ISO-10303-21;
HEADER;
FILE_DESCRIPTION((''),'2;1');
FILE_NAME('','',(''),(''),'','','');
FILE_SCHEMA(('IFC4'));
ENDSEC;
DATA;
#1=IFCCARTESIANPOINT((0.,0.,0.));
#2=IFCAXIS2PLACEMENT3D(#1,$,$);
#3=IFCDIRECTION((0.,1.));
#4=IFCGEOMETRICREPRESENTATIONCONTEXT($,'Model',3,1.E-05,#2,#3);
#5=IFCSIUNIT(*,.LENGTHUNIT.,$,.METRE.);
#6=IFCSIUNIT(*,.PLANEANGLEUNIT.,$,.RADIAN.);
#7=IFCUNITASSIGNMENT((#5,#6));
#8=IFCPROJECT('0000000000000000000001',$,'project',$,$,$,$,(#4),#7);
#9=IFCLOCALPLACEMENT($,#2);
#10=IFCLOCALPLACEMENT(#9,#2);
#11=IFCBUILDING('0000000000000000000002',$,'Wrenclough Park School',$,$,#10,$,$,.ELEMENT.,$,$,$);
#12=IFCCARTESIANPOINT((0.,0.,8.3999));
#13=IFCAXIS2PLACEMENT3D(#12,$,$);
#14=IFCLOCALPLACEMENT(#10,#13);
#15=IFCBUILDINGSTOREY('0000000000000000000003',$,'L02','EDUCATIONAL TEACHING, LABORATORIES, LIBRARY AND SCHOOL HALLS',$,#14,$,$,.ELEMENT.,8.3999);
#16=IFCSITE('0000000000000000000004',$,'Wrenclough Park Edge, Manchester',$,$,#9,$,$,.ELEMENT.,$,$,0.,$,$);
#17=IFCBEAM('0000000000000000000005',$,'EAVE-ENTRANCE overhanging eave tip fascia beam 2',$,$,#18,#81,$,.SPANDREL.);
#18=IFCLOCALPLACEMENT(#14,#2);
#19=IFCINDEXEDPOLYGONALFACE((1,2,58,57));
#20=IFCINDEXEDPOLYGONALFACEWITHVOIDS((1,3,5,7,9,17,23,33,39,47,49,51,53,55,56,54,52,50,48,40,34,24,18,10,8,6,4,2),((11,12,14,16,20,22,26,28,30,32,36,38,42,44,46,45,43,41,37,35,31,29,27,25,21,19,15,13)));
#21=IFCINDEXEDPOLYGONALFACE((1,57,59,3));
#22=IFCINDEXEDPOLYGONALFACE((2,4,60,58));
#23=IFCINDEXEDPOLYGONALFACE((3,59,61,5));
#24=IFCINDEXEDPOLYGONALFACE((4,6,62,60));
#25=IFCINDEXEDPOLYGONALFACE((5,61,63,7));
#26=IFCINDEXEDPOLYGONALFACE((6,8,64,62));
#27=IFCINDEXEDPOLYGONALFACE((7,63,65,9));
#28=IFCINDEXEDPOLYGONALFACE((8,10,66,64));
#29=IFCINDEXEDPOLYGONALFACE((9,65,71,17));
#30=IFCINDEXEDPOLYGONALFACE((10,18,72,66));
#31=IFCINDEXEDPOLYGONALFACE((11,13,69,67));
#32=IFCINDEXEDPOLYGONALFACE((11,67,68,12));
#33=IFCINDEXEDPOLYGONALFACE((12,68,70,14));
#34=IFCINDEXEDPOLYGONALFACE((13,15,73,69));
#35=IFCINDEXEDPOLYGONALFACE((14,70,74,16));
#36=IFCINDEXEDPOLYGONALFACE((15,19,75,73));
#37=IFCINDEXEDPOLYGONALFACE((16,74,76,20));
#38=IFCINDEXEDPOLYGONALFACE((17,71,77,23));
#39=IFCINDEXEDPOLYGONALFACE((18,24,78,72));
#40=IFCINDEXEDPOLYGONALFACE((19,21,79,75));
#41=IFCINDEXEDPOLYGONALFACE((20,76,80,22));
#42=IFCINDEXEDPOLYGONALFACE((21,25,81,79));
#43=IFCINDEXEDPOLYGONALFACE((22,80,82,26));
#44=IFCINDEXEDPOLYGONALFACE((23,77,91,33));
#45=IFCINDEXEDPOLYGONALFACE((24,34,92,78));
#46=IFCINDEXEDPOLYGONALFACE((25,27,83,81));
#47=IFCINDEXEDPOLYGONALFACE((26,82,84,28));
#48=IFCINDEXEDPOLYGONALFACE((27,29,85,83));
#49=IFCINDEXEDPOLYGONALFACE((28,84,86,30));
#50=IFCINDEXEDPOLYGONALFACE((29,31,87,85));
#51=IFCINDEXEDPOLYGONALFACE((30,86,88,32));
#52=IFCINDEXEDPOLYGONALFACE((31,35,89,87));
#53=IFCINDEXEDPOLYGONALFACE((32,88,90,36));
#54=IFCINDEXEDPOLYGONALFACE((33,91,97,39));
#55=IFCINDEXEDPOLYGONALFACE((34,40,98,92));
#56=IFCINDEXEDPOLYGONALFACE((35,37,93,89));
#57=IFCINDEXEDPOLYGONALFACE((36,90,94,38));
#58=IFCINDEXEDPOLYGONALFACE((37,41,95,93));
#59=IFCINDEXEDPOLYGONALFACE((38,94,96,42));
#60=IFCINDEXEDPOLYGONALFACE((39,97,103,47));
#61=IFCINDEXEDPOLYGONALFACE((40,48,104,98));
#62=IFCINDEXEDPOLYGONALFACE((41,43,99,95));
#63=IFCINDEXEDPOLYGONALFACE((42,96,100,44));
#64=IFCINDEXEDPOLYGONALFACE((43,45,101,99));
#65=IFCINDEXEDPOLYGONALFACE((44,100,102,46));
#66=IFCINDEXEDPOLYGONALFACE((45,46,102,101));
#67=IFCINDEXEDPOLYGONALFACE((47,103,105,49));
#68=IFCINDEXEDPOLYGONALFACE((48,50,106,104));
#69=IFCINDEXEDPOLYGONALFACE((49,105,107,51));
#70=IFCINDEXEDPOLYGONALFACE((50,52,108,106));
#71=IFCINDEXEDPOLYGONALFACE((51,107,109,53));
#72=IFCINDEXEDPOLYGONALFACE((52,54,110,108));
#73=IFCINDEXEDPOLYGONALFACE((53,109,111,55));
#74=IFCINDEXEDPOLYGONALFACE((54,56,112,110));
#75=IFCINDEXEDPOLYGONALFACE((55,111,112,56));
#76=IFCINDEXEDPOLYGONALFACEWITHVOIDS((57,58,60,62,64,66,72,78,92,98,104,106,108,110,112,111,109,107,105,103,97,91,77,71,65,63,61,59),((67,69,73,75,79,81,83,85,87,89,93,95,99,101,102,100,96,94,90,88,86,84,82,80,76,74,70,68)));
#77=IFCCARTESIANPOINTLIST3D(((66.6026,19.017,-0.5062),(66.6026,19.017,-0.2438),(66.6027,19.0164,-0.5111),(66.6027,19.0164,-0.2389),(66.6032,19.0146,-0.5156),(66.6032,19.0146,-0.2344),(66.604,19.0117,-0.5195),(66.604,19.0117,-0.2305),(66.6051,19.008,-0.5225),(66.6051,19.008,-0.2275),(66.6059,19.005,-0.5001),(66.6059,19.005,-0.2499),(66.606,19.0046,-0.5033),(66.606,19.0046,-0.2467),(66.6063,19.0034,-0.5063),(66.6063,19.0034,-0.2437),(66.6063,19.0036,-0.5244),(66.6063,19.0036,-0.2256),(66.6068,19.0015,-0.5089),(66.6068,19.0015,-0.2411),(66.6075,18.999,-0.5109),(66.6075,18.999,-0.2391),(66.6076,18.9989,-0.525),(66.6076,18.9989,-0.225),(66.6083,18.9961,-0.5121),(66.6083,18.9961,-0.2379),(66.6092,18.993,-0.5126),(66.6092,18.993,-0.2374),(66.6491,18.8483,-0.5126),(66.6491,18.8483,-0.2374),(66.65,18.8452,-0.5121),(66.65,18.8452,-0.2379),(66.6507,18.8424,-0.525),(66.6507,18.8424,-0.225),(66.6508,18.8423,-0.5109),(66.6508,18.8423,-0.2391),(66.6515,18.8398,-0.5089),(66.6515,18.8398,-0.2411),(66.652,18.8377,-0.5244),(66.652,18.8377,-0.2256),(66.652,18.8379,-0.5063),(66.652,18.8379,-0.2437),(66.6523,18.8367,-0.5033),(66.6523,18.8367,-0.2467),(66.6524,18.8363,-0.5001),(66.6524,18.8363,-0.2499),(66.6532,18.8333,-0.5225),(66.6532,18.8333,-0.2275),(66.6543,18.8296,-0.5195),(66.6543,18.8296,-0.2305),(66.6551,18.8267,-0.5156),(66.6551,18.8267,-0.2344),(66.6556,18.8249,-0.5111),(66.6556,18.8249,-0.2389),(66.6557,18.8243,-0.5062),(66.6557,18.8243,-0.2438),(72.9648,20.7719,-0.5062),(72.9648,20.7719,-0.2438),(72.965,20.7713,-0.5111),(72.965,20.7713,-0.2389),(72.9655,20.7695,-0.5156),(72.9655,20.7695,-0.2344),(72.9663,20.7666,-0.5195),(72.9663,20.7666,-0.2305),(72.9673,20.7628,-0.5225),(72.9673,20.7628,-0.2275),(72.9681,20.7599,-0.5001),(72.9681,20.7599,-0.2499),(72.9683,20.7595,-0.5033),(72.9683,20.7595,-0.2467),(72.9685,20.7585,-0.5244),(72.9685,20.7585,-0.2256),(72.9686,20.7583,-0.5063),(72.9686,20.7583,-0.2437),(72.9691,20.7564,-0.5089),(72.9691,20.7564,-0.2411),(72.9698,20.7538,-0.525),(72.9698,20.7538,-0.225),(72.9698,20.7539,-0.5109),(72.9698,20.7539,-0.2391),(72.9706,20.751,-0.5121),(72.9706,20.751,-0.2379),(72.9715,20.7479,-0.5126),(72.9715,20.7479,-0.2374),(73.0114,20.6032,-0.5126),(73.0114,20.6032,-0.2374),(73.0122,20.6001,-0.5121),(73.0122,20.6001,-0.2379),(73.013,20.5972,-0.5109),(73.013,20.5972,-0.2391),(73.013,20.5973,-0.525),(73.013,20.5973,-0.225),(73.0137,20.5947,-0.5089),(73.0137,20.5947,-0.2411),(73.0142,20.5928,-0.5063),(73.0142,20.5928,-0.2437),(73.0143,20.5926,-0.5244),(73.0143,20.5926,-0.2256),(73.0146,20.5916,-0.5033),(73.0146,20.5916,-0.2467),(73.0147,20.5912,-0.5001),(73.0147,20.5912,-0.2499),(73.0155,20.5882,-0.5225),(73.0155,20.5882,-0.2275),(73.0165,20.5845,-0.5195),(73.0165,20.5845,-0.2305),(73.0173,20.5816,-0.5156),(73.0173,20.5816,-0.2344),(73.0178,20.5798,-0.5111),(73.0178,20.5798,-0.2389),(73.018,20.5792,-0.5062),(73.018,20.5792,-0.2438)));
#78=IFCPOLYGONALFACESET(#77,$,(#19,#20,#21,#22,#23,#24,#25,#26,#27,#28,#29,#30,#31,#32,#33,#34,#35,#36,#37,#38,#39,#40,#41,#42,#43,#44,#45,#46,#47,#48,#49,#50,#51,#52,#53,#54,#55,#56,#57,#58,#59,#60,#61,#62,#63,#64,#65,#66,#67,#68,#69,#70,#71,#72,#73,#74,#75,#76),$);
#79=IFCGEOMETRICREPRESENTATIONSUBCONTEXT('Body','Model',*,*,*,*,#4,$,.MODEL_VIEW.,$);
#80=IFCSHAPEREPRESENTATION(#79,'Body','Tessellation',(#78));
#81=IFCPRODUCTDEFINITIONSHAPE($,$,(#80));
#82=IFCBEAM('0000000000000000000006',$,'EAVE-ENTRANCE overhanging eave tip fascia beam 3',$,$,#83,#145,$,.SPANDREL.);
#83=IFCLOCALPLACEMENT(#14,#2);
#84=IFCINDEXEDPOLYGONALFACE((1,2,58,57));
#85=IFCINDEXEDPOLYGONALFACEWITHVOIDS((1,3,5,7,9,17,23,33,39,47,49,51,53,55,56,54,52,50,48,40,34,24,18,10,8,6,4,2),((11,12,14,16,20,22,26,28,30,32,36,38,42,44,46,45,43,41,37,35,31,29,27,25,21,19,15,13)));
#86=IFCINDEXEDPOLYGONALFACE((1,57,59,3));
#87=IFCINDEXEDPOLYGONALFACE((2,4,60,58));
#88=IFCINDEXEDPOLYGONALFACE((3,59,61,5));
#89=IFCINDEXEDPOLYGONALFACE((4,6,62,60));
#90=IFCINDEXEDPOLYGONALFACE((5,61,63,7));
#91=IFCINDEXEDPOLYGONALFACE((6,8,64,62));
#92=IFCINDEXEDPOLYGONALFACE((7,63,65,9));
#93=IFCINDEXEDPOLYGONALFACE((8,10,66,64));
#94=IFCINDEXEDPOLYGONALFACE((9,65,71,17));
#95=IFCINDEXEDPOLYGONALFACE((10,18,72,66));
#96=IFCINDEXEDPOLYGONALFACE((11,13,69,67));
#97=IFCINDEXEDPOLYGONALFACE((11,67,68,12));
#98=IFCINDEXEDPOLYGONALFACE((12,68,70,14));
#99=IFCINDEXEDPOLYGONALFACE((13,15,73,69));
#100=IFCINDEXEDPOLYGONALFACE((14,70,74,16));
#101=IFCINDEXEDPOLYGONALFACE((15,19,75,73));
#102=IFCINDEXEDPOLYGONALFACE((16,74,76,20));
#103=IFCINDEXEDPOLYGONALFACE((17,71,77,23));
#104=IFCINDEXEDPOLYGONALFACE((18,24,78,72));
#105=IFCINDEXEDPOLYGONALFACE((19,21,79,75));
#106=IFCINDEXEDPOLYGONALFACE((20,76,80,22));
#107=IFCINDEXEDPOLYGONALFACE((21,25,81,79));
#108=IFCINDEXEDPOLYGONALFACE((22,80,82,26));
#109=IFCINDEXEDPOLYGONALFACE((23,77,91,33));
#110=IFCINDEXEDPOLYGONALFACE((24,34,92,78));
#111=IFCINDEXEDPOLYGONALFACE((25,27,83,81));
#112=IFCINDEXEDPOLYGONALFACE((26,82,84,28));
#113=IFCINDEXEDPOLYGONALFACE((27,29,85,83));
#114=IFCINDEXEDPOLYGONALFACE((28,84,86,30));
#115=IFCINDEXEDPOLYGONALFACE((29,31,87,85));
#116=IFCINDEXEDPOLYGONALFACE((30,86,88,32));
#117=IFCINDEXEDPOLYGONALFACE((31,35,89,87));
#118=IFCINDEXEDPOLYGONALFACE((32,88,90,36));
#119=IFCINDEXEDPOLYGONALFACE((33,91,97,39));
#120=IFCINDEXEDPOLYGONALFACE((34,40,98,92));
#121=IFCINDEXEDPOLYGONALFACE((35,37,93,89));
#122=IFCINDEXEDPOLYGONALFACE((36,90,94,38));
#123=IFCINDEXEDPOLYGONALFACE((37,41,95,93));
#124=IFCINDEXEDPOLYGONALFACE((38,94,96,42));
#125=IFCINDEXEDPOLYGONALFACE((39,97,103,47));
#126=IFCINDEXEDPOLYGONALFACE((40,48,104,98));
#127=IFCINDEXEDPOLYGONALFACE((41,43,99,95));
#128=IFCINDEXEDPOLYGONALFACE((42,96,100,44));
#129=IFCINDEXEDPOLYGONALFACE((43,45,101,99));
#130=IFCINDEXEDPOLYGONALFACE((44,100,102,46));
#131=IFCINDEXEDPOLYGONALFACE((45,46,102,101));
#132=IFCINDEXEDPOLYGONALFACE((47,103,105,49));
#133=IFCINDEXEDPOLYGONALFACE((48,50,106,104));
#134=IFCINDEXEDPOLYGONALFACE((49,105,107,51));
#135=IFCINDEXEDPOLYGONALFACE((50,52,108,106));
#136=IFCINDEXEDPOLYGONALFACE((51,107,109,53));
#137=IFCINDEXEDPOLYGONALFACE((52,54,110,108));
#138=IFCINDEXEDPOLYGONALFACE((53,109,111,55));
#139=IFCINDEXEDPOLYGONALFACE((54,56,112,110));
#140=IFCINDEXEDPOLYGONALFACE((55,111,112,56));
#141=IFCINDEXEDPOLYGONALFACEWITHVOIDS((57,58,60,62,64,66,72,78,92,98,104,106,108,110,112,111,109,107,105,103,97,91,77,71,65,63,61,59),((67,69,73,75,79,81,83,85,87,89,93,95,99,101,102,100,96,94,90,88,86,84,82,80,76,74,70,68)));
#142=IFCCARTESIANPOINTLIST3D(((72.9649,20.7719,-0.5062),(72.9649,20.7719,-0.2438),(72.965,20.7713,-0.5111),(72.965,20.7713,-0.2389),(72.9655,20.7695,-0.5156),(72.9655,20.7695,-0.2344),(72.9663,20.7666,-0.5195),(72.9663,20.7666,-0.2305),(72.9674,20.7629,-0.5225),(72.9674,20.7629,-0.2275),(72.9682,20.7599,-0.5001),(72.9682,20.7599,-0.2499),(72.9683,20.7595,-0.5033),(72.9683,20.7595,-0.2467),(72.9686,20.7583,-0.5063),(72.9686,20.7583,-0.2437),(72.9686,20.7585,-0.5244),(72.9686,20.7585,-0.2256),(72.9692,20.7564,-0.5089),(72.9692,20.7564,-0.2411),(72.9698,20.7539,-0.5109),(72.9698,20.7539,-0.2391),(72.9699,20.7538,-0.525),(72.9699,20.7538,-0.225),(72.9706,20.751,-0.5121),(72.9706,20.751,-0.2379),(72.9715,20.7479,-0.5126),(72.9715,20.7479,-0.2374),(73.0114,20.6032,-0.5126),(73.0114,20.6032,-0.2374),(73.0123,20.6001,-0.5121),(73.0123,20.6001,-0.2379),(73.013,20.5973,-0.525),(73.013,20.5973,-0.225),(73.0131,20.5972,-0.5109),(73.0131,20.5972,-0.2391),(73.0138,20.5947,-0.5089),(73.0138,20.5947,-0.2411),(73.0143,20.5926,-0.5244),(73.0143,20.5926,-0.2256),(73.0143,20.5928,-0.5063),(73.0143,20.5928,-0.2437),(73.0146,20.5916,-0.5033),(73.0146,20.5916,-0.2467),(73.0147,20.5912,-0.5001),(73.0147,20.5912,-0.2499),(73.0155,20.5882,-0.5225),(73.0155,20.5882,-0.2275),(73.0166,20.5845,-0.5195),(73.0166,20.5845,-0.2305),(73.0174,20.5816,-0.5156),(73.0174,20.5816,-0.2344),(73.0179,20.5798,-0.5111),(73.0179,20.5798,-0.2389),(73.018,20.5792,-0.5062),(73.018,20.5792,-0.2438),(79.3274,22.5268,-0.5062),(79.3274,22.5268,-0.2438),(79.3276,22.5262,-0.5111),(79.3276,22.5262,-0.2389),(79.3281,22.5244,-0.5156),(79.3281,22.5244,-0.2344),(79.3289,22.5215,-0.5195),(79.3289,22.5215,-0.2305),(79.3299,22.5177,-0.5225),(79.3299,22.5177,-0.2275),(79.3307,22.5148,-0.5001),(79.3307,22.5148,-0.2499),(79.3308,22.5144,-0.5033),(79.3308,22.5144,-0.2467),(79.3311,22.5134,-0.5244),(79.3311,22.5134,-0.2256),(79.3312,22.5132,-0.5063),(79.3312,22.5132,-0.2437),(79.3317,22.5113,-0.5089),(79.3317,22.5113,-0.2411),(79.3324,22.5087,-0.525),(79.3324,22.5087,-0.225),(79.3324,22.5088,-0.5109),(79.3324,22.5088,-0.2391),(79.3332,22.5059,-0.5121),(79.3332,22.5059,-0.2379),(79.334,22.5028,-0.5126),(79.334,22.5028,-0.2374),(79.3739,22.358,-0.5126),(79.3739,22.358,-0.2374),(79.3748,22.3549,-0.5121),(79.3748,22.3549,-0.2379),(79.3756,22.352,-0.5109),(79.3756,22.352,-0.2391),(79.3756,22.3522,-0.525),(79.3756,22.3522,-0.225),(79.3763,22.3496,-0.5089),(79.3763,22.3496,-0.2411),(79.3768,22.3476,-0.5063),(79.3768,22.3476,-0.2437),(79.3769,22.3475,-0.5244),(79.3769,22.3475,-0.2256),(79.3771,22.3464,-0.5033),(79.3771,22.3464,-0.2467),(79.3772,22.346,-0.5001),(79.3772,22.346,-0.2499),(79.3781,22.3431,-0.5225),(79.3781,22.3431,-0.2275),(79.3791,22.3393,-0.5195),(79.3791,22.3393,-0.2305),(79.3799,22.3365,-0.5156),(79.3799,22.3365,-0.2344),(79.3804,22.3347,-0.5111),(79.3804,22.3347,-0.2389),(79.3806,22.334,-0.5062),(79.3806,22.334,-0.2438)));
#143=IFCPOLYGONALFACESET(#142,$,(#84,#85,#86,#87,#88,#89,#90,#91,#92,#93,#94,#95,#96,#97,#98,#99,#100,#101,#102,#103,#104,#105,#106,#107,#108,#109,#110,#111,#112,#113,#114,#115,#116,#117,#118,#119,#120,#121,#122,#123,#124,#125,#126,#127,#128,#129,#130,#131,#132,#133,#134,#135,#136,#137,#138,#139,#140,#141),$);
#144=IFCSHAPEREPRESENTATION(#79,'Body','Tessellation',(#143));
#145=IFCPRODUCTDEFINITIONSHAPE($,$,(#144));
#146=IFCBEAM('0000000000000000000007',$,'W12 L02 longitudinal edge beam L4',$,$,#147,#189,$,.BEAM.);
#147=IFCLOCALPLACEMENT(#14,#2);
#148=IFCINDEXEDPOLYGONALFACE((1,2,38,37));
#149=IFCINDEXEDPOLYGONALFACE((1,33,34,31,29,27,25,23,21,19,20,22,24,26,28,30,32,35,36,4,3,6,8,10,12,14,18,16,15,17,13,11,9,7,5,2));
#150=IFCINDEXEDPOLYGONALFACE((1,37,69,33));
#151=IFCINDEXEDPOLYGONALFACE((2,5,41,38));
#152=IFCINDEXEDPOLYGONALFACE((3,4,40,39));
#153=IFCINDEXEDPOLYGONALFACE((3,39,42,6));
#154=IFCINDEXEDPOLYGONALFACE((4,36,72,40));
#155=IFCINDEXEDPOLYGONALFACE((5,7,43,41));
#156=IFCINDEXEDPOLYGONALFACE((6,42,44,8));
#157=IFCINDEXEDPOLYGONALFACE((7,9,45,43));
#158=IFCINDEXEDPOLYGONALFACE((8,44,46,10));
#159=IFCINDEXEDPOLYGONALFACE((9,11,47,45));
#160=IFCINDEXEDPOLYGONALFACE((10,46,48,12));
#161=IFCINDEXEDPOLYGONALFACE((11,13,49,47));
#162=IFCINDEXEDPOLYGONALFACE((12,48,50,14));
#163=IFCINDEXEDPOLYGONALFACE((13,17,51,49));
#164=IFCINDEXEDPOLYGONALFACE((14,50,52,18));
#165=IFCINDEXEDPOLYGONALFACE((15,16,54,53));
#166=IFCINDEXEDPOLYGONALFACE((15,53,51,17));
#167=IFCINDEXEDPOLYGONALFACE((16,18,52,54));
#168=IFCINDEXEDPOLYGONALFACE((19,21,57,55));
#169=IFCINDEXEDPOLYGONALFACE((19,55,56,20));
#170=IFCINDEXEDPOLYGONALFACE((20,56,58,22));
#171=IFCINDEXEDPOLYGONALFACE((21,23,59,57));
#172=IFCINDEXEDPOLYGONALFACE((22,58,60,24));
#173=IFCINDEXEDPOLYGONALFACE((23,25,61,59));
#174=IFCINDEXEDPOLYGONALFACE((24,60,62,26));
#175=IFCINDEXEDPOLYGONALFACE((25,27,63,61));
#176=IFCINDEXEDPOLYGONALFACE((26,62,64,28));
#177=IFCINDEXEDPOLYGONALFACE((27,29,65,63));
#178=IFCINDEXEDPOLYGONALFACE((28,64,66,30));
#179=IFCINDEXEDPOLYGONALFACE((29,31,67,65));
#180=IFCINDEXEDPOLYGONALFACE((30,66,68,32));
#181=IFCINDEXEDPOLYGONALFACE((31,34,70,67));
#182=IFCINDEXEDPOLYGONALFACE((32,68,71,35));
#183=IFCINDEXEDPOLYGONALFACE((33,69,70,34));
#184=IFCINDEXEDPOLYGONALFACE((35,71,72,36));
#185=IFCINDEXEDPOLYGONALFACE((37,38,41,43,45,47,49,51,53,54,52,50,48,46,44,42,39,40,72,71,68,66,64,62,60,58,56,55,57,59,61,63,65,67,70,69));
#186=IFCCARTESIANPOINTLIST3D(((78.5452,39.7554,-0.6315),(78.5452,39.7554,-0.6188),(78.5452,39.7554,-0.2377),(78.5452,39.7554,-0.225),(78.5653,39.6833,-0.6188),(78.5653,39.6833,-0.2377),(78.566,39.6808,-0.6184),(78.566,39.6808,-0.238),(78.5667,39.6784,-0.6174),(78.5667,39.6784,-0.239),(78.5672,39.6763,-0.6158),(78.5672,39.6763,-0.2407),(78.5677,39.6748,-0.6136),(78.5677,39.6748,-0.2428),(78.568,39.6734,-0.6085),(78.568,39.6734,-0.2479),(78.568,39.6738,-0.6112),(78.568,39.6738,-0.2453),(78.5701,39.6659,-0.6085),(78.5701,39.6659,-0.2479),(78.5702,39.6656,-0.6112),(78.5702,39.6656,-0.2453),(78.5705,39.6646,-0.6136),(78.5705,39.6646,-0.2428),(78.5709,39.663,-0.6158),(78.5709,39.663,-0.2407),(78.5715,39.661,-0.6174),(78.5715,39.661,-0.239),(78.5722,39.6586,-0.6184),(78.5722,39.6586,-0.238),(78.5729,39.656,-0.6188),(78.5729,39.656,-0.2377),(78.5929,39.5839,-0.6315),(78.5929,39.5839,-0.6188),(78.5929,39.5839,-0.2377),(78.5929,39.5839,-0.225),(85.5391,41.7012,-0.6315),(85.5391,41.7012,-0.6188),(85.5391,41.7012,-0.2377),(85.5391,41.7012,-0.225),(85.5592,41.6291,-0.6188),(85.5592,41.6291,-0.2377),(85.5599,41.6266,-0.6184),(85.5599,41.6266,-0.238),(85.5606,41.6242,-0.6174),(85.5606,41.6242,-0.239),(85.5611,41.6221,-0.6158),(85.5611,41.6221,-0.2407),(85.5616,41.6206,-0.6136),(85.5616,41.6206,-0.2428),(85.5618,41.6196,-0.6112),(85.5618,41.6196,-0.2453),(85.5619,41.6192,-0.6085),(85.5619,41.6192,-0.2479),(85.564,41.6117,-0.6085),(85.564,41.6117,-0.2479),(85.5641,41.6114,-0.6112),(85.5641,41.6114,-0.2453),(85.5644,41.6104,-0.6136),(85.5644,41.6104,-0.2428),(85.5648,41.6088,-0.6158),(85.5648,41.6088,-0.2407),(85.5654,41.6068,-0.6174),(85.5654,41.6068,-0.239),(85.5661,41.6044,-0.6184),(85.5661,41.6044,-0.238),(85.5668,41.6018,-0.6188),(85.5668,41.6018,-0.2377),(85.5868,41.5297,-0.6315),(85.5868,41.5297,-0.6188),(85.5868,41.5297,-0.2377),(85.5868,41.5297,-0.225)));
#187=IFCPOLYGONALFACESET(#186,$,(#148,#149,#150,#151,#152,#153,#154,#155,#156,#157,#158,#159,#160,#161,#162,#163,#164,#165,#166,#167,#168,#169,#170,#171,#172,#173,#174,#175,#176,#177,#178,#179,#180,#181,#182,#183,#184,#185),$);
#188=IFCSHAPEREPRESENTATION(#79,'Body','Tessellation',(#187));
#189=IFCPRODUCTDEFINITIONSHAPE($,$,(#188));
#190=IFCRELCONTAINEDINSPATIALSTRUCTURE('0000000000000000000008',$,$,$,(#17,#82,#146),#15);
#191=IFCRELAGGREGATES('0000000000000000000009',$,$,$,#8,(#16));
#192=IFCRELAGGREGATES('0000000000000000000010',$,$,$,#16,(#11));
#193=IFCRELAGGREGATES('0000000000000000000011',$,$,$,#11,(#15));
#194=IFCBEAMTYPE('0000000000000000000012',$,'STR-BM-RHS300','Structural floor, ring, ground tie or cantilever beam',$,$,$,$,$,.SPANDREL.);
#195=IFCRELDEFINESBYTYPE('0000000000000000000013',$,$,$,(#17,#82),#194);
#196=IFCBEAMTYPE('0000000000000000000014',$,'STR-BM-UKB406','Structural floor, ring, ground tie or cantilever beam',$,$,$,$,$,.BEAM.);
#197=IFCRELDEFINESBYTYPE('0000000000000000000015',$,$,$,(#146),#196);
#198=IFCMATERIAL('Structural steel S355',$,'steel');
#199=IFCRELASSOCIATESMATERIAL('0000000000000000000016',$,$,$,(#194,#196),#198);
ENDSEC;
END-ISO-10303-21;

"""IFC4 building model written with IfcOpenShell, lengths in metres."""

from ifc_helpers import new_model, si_unit, direction, frame, origin, origin_2d, place, context, subcontext, project, spatial, hollow_rectangle, i_section, extrude, material, material_profile, profile_set, type_object, element, save


model = new_model("IFC4")

# Units and contexts
model_context = context("Model", 3, precision=1e-05, world=origin(), true_north=direction((0.0, 1.0)))
body_context = subcontext(model_context, "Body", "Model", "MODEL_VIEW")
ifc_project = project(units=[si_unit("LENGTHUNIT", "METRE"), si_unit("PLANEANGLEUNIT", "RADIAN")], contexts=[model_context])

# Site, building, storey
site_placement = place(None, origin())
site = spatial("IfcSite", under=ifc_project, at=site_placement, Name="Wrenclough Park Edge, Manchester", CompositionType="ELEMENT", RefElevation=0.0)
building_placement = place(site_placement, origin())
building = spatial("IfcBuilding", under=site, at=building_placement, Name="Wrenclough Park School", CompositionType="ELEMENT")
storey_placement = place(building_placement, frame((0.0, 0.0, 8.3999)))
storey = spatial("IfcBuildingStorey", under=building, at=storey_placement, Name="L02", Description="EDUCATIONAL TEACHING, LABORATORIES, LIBRARY AND SCHOOL HALLS", CompositionType="ELEMENT", Elevation=8.3999)

# Beams
ifc_material_1 = material(Name="Structural steel S355", Category="steel")
ifc_material_profile_1 = material_profile(ifc_material_1, hollow_rectangle(XDim=0.2, YDim=0.3, WallThickness=0.0125, InnerFilletRadius=0.0125, OuterFilletRadius=0.0188, at=origin_2d()), Name="RHS 300x200x12.5")
ifc_profile_set_1 = profile_set([ifc_material_profile_1], Name="Structural steel S355")
beam_type_1 = type_object("IfcBeamType", Name="STR-BM-RHS300", Description="Structural floor, ring, ground tie or cantilever beam", PredefinedType="SPANDREL", material=ifc_profile_set_1)
beam_1_placement = place(storey_placement, frame((66.6292, 18.9207, -0.375), z_axis=(0.964002, 0.265896, 0.0), x_axis=(-0.265896, 0.964002, 0.0)))
element("IfcBeam", 1, at=beam_1_placement, inside=storey, type_object=beam_type_1, Name="EAVE-ENTRANCE overhanging eave tip fascia beam 2", PredefinedType="SPANDREL", context=body_context, shape_type="SweptSolid", body=[
    extrude(hollow_rectangle(XDim=0.2, YDim=0.3, WallThickness=0.0125, InnerFilletRadius=0.0125, OuterFilletRadius=0.0188, at=origin_2d()), origin(), (0.0, 0.0, 1.0), 6.5999),
])
beam_2_placement = place(storey_placement, frame((72.9915, 20.6755, -0.375), z_axis=(0.964004, 0.265886, 0.0), x_axis=(-0.265886, 0.964004, 0.0)))
element("IfcBeam", 2, at=beam_2_placement, inside=storey, type_object=beam_type_1, Name="EAVE-ENTRANCE overhanging eave tip fascia beam 3", PredefinedType="SPANDREL", context=body_context, shape_type="SweptSolid", body=[
    extrude(hollow_rectangle(XDim=0.2, YDim=0.3, WallThickness=0.0125, InnerFilletRadius=0.0125, OuterFilletRadius=0.0188, at=origin_2d()), origin(), (0.0, 0.0, 1.0), 6.6001),
])
ifc_material_profile_2 = material_profile(ifc_material_1, i_section(OverallWidth=0.178, OverallDepth=0.4065, WebThickness=0.0078, FlangeThickness=0.0127, FilletRadius=0.0103, at=origin_2d()), Name="UKB 406x178x60")
ifc_profile_set_2 = profile_set([ifc_material_profile_2], Name="Structural steel S355")
beam_type_2 = type_object("IfcBeamType", Name="STR-BM-UKB406", Description="Structural floor, ring, ground tie or cantilever beam", PredefinedType="BEAM", material=ifc_profile_set_2)
beam_3_placement = place(storey_placement, frame((78.5691, 39.6697, -0.4282), z_axis=(0.963409, 0.268034, 0.0), x_axis=(-0.268034, 0.963409, 0.0)))
element("IfcBeam", 3, at=beam_3_placement, inside=storey, type_object=beam_type_2, Name="W12 L02 longitudinal edge beam L4", PredefinedType="BEAM", context=body_context, shape_type="SweptSolid", body=[
    extrude(i_section(OverallWidth=0.178, OverallDepth=0.4065, WebThickness=0.0078, FlangeThickness=0.0127, FilletRadius=0.0103, at=origin_2d()), origin(), (0.0, 0.0, 1.0), 7.2595),
])

save(model, "model.ifc")
